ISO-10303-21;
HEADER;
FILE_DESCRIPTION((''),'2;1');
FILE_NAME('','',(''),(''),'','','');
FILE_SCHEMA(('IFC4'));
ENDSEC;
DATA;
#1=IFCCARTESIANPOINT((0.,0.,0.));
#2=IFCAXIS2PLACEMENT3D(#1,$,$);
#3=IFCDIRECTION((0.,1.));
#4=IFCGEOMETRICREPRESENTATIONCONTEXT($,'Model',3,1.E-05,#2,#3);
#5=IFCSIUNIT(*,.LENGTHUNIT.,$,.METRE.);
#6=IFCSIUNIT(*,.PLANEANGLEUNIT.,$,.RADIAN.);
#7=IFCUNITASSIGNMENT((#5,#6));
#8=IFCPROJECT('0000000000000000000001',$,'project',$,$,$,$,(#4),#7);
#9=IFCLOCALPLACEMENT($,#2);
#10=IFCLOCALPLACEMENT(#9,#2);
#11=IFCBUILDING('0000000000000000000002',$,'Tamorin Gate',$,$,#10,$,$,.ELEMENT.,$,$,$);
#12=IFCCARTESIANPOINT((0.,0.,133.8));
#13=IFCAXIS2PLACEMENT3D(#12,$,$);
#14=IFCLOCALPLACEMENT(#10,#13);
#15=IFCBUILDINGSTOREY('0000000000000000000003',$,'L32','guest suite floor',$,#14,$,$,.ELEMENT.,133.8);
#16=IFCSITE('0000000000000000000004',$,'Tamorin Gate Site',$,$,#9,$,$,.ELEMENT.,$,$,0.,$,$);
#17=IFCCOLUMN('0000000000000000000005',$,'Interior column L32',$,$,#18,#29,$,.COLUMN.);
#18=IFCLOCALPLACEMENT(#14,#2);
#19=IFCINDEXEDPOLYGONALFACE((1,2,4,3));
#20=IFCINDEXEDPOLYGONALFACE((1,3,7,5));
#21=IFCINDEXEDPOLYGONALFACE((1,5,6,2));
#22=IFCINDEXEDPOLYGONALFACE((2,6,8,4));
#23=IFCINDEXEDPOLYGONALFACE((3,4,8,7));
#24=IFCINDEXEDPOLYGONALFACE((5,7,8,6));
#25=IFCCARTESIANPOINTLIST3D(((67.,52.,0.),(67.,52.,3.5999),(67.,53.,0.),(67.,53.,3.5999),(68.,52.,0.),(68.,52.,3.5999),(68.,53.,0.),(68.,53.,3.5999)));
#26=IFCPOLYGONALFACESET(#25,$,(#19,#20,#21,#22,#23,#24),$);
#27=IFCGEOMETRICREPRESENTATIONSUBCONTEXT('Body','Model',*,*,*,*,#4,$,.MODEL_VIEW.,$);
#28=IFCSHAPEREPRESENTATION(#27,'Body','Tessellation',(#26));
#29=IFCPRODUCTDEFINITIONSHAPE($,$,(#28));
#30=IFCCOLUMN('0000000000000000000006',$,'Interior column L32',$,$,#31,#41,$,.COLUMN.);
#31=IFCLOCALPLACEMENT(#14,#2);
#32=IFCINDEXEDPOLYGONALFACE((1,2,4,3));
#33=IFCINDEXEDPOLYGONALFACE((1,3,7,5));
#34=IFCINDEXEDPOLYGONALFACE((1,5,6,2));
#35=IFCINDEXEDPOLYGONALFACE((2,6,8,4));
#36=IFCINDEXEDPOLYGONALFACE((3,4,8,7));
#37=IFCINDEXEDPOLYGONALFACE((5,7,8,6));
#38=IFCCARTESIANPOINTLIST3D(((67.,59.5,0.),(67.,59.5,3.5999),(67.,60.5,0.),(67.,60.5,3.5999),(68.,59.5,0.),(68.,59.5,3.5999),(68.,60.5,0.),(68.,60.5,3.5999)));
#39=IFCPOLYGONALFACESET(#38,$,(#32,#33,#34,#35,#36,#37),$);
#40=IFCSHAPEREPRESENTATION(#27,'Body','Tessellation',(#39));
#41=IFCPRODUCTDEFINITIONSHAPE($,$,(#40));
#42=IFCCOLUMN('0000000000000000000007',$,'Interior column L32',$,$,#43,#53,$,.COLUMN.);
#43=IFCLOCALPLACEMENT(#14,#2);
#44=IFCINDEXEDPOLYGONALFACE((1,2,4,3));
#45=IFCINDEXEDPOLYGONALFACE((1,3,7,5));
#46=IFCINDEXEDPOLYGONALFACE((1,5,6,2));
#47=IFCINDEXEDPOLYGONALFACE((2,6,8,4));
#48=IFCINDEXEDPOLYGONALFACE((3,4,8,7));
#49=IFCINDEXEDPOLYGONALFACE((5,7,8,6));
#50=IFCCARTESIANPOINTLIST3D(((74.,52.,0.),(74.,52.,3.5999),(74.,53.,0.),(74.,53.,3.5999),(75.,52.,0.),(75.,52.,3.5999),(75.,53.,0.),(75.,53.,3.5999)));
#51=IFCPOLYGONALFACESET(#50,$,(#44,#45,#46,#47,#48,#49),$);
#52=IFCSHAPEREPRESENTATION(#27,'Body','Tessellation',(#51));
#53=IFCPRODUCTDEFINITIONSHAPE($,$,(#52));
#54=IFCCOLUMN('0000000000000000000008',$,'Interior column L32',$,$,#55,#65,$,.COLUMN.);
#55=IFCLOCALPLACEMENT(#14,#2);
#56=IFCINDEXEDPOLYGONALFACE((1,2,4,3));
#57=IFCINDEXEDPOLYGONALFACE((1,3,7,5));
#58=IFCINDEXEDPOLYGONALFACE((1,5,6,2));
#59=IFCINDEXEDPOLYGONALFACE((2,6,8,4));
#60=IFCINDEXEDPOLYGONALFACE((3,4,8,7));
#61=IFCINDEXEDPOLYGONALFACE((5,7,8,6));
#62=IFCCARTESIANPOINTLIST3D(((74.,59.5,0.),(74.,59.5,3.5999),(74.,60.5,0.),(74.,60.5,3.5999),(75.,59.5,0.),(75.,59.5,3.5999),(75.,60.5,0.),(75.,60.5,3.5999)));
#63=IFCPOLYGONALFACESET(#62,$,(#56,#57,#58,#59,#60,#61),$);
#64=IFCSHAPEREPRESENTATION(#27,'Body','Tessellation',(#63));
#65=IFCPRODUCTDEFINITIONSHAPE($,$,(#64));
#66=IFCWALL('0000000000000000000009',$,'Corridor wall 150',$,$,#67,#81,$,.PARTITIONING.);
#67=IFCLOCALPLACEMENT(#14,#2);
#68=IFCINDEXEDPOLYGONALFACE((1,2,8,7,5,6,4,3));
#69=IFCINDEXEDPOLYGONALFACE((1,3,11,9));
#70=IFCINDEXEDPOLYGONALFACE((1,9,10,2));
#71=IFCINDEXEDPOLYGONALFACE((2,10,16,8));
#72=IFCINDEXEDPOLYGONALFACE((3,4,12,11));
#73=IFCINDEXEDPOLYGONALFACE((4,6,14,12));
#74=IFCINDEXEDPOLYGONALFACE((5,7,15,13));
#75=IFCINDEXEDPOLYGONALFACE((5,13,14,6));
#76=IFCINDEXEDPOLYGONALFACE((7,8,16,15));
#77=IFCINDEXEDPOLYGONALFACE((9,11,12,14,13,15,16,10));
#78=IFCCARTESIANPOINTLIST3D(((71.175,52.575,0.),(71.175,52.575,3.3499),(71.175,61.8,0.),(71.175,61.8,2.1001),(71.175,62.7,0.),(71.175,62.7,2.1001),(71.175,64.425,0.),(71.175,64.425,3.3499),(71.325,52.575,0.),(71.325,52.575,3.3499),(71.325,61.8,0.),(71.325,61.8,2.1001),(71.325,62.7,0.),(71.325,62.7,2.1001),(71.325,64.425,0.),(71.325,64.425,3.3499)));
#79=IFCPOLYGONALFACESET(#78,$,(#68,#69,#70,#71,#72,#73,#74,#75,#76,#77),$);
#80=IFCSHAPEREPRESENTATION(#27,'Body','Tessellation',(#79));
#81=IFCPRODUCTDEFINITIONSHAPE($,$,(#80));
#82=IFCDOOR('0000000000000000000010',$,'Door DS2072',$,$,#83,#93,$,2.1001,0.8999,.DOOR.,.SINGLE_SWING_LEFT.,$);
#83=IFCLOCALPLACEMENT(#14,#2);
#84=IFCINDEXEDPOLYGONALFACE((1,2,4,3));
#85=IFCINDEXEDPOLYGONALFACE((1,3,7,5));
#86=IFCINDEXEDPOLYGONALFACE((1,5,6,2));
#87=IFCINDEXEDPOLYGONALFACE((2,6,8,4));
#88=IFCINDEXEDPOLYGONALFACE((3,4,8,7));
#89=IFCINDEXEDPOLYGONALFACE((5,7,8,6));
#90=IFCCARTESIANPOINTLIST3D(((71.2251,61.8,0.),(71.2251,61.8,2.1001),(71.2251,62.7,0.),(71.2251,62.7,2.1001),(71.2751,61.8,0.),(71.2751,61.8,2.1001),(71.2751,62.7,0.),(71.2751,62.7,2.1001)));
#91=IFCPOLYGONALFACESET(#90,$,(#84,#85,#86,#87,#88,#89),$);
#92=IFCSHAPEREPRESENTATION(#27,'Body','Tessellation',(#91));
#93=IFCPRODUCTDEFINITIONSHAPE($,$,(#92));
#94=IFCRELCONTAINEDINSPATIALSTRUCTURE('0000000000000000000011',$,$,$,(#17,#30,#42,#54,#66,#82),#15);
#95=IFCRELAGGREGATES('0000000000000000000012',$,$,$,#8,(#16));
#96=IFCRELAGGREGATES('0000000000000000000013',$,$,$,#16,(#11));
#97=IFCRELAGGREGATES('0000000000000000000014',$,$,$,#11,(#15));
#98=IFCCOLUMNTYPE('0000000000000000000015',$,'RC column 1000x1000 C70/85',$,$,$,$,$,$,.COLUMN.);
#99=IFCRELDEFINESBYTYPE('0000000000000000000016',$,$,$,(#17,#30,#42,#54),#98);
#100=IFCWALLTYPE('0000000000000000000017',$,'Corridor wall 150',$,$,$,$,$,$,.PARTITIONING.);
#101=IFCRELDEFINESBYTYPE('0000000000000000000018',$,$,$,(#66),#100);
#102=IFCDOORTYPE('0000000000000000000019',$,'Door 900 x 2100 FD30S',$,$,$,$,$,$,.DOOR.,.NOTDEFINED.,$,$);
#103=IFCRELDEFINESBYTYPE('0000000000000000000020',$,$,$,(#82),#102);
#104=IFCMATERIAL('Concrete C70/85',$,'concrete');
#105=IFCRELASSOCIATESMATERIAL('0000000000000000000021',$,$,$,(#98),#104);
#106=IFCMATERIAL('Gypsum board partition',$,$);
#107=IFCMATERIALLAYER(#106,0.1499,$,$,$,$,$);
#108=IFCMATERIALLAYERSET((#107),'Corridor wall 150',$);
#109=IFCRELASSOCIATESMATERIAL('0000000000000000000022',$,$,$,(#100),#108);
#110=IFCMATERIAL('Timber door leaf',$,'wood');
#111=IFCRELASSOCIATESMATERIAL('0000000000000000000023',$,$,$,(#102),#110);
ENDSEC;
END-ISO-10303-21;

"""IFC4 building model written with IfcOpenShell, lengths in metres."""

from ifc_helpers import new_model, si_unit, direction, frame, frame_2d, origin, origin_2d, place, context, subcontext, project, spatial, rectangle, extrude, material, layer, layer_set, material_profile, profile_set, type_object, element, fill, save


model = new_model("IFC4")

# Units and contexts
model_context = context("Model", 3, precision=1e-05, world=origin(), true_north=direction((0.0, 1.0)))
body_context = subcontext(model_context, "Body", "Model", "MODEL_VIEW")
ifc_project = project(units=[si_unit("LENGTHUNIT", "METRE"), si_unit("PLANEANGLEUNIT", "RADIAN")], contexts=[model_context])

# Site, building, storey
site_placement = place(None, origin())
site = spatial("IfcSite", under=ifc_project, at=site_placement, Name="Tamorin Gate Site", CompositionType="ELEMENT", RefElevation=0.0)
building_placement = place(site_placement, origin())
building = spatial("IfcBuilding", under=site, at=building_placement, Name="Tamorin Gate", CompositionType="ELEMENT")
storey_placement = place(building_placement, frame((0.0, 0.0, 133.8)))
storey = spatial("IfcBuildingStorey", under=building, at=storey_placement, Name="L32", Description="guest suite floor", CompositionType="ELEMENT", Elevation=133.8)

# Columns
ifc_material_1 = material(Name="Concrete C70/85", Category="concrete")
ifc_material_profile = material_profile(ifc_material_1, rectangle(XDim=1.0, YDim=1.0, at=origin_2d()), Name="RC 1000x1000")
ifc_profile_set = profile_set([ifc_material_profile], Name="Concrete C70/85")
column_type = type_object("IfcColumnType", Name="RC column 1000x1000 C70/85", PredefinedType="COLUMN", material=ifc_profile_set)
for number, where, z_axis, x_axis, name in (
    (1, (67.5, 52.5, 0.0), (0.0, 0.0, 1.0), (1.0, 0.0, 0.0), "Interior column L32"),
    (2, (67.5, 60.0, 0.0), (0.0, 0.0, 1.0), (1.0, 0.0, 0.0), "Interior column L32"),
    (3, (74.5, 52.5, 0.0), (0.0, 0.0, 1.0), (1.0, 0.0, 0.0), "Interior column L32"),
    (4, (74.5, 60.0, 0.0), (0.0, 0.0, 1.0), (1.0, 0.0, 0.0), "Interior column L32"),
):
    element("IfcColumn", number, at=place(storey_placement, frame(where, z_axis=z_axis, x_axis=x_axis)), inside=storey, type_object=column_type, Name=name, PredefinedType="COLUMN", context=body_context, shape_type="SweptSolid", body=[
        extrude(rectangle(XDim=1.0, YDim=1.0, at=origin_2d()), origin(), (0.0, 0.0, 1.0), 3.5999),
    ])

# Wall, opening, door
ifc_material_2 = material(Name="Gypsum board partition")
ifc_layer_1 = layer(ifc_material_2, 0.1499)
ifc_layer_set_1 = layer_set([ifc_layer_1], Name="Corridor wall 150")
wall_type_1 = type_object("IfcWallType", Name="Corridor wall 150", PredefinedType="PARTITIONING", material=ifc_layer_set_1)
wall_1_placement = place(storey_placement, frame((71.25, 52.575, 0.0), z_axis=(0.0, 0.0, 1.0), x_axis=(0.0, 1.0, 0.0)))
wall_1 = element("IfcWall", 5, at=wall_1_placement, inside=storey, type_object=wall_type_1, Name="Corridor wall 150", PredefinedType="PARTITIONING", context=body_context, shape_type="SweptSolid", body=[
    extrude(rectangle(XDim=11.8501, YDim=0.1499, at=frame_2d((5.925, 0.0))), origin(), (0.0, 0.0, 1.0), 3.3499),
])
opening_1_placement = place(wall_1_placement, frame((9.2251, 0.0, 0.0)))
opening_1 = element("IfcOpeningElement", 6, at=opening_1_placement, cuts=wall_1, PredefinedType="OPENING", context=body_context, shape_type="SweptSolid", body=[
    extrude(rectangle(XDim=0.8999, YDim=2.1001, at=frame_2d((0.45, 1.05))), frame((0.0, 0.085, 0.0), z_axis=(0.0, -1.0, 0.0), x_axis=(1.0, 0.0, 0.0)), (0.0, 0.0, 1.0), 0.1699),
])
ifc_material_3 = material(Name="Timber door leaf", Category="wood")
door_type_1 = type_object("IfcDoorType", Name="Door 900 x 2100 FD30S", OperationType="NOTDEFINED", PredefinedType="DOOR", material=ifc_material_3)
door_1_placement = place(opening_1_placement, origin())
door_1 = element("IfcDoor", 7, at=door_1_placement, inside=storey, type_object=door_type_1, Name="Door DS2072", OperationType="SINGLE_SWING_LEFT", OverallHeight=2.1001, OverallWidth=0.8999, PredefinedType="DOOR", context=body_context, shape_type="SweptSolid", body=[
    extrude(rectangle(XDim=0.8999, YDim=2.1001, at=frame_2d((0.45, 1.05))), frame((0.0, 0.0249, 0.0), z_axis=(0.0, -1.0, 0.0), x_axis=(1.0, 0.0, 0.0)), (0.0, 0.0, 1.0), 0.05),
])
fill(opening_1, door_1)

save(model, "model.ifc")
